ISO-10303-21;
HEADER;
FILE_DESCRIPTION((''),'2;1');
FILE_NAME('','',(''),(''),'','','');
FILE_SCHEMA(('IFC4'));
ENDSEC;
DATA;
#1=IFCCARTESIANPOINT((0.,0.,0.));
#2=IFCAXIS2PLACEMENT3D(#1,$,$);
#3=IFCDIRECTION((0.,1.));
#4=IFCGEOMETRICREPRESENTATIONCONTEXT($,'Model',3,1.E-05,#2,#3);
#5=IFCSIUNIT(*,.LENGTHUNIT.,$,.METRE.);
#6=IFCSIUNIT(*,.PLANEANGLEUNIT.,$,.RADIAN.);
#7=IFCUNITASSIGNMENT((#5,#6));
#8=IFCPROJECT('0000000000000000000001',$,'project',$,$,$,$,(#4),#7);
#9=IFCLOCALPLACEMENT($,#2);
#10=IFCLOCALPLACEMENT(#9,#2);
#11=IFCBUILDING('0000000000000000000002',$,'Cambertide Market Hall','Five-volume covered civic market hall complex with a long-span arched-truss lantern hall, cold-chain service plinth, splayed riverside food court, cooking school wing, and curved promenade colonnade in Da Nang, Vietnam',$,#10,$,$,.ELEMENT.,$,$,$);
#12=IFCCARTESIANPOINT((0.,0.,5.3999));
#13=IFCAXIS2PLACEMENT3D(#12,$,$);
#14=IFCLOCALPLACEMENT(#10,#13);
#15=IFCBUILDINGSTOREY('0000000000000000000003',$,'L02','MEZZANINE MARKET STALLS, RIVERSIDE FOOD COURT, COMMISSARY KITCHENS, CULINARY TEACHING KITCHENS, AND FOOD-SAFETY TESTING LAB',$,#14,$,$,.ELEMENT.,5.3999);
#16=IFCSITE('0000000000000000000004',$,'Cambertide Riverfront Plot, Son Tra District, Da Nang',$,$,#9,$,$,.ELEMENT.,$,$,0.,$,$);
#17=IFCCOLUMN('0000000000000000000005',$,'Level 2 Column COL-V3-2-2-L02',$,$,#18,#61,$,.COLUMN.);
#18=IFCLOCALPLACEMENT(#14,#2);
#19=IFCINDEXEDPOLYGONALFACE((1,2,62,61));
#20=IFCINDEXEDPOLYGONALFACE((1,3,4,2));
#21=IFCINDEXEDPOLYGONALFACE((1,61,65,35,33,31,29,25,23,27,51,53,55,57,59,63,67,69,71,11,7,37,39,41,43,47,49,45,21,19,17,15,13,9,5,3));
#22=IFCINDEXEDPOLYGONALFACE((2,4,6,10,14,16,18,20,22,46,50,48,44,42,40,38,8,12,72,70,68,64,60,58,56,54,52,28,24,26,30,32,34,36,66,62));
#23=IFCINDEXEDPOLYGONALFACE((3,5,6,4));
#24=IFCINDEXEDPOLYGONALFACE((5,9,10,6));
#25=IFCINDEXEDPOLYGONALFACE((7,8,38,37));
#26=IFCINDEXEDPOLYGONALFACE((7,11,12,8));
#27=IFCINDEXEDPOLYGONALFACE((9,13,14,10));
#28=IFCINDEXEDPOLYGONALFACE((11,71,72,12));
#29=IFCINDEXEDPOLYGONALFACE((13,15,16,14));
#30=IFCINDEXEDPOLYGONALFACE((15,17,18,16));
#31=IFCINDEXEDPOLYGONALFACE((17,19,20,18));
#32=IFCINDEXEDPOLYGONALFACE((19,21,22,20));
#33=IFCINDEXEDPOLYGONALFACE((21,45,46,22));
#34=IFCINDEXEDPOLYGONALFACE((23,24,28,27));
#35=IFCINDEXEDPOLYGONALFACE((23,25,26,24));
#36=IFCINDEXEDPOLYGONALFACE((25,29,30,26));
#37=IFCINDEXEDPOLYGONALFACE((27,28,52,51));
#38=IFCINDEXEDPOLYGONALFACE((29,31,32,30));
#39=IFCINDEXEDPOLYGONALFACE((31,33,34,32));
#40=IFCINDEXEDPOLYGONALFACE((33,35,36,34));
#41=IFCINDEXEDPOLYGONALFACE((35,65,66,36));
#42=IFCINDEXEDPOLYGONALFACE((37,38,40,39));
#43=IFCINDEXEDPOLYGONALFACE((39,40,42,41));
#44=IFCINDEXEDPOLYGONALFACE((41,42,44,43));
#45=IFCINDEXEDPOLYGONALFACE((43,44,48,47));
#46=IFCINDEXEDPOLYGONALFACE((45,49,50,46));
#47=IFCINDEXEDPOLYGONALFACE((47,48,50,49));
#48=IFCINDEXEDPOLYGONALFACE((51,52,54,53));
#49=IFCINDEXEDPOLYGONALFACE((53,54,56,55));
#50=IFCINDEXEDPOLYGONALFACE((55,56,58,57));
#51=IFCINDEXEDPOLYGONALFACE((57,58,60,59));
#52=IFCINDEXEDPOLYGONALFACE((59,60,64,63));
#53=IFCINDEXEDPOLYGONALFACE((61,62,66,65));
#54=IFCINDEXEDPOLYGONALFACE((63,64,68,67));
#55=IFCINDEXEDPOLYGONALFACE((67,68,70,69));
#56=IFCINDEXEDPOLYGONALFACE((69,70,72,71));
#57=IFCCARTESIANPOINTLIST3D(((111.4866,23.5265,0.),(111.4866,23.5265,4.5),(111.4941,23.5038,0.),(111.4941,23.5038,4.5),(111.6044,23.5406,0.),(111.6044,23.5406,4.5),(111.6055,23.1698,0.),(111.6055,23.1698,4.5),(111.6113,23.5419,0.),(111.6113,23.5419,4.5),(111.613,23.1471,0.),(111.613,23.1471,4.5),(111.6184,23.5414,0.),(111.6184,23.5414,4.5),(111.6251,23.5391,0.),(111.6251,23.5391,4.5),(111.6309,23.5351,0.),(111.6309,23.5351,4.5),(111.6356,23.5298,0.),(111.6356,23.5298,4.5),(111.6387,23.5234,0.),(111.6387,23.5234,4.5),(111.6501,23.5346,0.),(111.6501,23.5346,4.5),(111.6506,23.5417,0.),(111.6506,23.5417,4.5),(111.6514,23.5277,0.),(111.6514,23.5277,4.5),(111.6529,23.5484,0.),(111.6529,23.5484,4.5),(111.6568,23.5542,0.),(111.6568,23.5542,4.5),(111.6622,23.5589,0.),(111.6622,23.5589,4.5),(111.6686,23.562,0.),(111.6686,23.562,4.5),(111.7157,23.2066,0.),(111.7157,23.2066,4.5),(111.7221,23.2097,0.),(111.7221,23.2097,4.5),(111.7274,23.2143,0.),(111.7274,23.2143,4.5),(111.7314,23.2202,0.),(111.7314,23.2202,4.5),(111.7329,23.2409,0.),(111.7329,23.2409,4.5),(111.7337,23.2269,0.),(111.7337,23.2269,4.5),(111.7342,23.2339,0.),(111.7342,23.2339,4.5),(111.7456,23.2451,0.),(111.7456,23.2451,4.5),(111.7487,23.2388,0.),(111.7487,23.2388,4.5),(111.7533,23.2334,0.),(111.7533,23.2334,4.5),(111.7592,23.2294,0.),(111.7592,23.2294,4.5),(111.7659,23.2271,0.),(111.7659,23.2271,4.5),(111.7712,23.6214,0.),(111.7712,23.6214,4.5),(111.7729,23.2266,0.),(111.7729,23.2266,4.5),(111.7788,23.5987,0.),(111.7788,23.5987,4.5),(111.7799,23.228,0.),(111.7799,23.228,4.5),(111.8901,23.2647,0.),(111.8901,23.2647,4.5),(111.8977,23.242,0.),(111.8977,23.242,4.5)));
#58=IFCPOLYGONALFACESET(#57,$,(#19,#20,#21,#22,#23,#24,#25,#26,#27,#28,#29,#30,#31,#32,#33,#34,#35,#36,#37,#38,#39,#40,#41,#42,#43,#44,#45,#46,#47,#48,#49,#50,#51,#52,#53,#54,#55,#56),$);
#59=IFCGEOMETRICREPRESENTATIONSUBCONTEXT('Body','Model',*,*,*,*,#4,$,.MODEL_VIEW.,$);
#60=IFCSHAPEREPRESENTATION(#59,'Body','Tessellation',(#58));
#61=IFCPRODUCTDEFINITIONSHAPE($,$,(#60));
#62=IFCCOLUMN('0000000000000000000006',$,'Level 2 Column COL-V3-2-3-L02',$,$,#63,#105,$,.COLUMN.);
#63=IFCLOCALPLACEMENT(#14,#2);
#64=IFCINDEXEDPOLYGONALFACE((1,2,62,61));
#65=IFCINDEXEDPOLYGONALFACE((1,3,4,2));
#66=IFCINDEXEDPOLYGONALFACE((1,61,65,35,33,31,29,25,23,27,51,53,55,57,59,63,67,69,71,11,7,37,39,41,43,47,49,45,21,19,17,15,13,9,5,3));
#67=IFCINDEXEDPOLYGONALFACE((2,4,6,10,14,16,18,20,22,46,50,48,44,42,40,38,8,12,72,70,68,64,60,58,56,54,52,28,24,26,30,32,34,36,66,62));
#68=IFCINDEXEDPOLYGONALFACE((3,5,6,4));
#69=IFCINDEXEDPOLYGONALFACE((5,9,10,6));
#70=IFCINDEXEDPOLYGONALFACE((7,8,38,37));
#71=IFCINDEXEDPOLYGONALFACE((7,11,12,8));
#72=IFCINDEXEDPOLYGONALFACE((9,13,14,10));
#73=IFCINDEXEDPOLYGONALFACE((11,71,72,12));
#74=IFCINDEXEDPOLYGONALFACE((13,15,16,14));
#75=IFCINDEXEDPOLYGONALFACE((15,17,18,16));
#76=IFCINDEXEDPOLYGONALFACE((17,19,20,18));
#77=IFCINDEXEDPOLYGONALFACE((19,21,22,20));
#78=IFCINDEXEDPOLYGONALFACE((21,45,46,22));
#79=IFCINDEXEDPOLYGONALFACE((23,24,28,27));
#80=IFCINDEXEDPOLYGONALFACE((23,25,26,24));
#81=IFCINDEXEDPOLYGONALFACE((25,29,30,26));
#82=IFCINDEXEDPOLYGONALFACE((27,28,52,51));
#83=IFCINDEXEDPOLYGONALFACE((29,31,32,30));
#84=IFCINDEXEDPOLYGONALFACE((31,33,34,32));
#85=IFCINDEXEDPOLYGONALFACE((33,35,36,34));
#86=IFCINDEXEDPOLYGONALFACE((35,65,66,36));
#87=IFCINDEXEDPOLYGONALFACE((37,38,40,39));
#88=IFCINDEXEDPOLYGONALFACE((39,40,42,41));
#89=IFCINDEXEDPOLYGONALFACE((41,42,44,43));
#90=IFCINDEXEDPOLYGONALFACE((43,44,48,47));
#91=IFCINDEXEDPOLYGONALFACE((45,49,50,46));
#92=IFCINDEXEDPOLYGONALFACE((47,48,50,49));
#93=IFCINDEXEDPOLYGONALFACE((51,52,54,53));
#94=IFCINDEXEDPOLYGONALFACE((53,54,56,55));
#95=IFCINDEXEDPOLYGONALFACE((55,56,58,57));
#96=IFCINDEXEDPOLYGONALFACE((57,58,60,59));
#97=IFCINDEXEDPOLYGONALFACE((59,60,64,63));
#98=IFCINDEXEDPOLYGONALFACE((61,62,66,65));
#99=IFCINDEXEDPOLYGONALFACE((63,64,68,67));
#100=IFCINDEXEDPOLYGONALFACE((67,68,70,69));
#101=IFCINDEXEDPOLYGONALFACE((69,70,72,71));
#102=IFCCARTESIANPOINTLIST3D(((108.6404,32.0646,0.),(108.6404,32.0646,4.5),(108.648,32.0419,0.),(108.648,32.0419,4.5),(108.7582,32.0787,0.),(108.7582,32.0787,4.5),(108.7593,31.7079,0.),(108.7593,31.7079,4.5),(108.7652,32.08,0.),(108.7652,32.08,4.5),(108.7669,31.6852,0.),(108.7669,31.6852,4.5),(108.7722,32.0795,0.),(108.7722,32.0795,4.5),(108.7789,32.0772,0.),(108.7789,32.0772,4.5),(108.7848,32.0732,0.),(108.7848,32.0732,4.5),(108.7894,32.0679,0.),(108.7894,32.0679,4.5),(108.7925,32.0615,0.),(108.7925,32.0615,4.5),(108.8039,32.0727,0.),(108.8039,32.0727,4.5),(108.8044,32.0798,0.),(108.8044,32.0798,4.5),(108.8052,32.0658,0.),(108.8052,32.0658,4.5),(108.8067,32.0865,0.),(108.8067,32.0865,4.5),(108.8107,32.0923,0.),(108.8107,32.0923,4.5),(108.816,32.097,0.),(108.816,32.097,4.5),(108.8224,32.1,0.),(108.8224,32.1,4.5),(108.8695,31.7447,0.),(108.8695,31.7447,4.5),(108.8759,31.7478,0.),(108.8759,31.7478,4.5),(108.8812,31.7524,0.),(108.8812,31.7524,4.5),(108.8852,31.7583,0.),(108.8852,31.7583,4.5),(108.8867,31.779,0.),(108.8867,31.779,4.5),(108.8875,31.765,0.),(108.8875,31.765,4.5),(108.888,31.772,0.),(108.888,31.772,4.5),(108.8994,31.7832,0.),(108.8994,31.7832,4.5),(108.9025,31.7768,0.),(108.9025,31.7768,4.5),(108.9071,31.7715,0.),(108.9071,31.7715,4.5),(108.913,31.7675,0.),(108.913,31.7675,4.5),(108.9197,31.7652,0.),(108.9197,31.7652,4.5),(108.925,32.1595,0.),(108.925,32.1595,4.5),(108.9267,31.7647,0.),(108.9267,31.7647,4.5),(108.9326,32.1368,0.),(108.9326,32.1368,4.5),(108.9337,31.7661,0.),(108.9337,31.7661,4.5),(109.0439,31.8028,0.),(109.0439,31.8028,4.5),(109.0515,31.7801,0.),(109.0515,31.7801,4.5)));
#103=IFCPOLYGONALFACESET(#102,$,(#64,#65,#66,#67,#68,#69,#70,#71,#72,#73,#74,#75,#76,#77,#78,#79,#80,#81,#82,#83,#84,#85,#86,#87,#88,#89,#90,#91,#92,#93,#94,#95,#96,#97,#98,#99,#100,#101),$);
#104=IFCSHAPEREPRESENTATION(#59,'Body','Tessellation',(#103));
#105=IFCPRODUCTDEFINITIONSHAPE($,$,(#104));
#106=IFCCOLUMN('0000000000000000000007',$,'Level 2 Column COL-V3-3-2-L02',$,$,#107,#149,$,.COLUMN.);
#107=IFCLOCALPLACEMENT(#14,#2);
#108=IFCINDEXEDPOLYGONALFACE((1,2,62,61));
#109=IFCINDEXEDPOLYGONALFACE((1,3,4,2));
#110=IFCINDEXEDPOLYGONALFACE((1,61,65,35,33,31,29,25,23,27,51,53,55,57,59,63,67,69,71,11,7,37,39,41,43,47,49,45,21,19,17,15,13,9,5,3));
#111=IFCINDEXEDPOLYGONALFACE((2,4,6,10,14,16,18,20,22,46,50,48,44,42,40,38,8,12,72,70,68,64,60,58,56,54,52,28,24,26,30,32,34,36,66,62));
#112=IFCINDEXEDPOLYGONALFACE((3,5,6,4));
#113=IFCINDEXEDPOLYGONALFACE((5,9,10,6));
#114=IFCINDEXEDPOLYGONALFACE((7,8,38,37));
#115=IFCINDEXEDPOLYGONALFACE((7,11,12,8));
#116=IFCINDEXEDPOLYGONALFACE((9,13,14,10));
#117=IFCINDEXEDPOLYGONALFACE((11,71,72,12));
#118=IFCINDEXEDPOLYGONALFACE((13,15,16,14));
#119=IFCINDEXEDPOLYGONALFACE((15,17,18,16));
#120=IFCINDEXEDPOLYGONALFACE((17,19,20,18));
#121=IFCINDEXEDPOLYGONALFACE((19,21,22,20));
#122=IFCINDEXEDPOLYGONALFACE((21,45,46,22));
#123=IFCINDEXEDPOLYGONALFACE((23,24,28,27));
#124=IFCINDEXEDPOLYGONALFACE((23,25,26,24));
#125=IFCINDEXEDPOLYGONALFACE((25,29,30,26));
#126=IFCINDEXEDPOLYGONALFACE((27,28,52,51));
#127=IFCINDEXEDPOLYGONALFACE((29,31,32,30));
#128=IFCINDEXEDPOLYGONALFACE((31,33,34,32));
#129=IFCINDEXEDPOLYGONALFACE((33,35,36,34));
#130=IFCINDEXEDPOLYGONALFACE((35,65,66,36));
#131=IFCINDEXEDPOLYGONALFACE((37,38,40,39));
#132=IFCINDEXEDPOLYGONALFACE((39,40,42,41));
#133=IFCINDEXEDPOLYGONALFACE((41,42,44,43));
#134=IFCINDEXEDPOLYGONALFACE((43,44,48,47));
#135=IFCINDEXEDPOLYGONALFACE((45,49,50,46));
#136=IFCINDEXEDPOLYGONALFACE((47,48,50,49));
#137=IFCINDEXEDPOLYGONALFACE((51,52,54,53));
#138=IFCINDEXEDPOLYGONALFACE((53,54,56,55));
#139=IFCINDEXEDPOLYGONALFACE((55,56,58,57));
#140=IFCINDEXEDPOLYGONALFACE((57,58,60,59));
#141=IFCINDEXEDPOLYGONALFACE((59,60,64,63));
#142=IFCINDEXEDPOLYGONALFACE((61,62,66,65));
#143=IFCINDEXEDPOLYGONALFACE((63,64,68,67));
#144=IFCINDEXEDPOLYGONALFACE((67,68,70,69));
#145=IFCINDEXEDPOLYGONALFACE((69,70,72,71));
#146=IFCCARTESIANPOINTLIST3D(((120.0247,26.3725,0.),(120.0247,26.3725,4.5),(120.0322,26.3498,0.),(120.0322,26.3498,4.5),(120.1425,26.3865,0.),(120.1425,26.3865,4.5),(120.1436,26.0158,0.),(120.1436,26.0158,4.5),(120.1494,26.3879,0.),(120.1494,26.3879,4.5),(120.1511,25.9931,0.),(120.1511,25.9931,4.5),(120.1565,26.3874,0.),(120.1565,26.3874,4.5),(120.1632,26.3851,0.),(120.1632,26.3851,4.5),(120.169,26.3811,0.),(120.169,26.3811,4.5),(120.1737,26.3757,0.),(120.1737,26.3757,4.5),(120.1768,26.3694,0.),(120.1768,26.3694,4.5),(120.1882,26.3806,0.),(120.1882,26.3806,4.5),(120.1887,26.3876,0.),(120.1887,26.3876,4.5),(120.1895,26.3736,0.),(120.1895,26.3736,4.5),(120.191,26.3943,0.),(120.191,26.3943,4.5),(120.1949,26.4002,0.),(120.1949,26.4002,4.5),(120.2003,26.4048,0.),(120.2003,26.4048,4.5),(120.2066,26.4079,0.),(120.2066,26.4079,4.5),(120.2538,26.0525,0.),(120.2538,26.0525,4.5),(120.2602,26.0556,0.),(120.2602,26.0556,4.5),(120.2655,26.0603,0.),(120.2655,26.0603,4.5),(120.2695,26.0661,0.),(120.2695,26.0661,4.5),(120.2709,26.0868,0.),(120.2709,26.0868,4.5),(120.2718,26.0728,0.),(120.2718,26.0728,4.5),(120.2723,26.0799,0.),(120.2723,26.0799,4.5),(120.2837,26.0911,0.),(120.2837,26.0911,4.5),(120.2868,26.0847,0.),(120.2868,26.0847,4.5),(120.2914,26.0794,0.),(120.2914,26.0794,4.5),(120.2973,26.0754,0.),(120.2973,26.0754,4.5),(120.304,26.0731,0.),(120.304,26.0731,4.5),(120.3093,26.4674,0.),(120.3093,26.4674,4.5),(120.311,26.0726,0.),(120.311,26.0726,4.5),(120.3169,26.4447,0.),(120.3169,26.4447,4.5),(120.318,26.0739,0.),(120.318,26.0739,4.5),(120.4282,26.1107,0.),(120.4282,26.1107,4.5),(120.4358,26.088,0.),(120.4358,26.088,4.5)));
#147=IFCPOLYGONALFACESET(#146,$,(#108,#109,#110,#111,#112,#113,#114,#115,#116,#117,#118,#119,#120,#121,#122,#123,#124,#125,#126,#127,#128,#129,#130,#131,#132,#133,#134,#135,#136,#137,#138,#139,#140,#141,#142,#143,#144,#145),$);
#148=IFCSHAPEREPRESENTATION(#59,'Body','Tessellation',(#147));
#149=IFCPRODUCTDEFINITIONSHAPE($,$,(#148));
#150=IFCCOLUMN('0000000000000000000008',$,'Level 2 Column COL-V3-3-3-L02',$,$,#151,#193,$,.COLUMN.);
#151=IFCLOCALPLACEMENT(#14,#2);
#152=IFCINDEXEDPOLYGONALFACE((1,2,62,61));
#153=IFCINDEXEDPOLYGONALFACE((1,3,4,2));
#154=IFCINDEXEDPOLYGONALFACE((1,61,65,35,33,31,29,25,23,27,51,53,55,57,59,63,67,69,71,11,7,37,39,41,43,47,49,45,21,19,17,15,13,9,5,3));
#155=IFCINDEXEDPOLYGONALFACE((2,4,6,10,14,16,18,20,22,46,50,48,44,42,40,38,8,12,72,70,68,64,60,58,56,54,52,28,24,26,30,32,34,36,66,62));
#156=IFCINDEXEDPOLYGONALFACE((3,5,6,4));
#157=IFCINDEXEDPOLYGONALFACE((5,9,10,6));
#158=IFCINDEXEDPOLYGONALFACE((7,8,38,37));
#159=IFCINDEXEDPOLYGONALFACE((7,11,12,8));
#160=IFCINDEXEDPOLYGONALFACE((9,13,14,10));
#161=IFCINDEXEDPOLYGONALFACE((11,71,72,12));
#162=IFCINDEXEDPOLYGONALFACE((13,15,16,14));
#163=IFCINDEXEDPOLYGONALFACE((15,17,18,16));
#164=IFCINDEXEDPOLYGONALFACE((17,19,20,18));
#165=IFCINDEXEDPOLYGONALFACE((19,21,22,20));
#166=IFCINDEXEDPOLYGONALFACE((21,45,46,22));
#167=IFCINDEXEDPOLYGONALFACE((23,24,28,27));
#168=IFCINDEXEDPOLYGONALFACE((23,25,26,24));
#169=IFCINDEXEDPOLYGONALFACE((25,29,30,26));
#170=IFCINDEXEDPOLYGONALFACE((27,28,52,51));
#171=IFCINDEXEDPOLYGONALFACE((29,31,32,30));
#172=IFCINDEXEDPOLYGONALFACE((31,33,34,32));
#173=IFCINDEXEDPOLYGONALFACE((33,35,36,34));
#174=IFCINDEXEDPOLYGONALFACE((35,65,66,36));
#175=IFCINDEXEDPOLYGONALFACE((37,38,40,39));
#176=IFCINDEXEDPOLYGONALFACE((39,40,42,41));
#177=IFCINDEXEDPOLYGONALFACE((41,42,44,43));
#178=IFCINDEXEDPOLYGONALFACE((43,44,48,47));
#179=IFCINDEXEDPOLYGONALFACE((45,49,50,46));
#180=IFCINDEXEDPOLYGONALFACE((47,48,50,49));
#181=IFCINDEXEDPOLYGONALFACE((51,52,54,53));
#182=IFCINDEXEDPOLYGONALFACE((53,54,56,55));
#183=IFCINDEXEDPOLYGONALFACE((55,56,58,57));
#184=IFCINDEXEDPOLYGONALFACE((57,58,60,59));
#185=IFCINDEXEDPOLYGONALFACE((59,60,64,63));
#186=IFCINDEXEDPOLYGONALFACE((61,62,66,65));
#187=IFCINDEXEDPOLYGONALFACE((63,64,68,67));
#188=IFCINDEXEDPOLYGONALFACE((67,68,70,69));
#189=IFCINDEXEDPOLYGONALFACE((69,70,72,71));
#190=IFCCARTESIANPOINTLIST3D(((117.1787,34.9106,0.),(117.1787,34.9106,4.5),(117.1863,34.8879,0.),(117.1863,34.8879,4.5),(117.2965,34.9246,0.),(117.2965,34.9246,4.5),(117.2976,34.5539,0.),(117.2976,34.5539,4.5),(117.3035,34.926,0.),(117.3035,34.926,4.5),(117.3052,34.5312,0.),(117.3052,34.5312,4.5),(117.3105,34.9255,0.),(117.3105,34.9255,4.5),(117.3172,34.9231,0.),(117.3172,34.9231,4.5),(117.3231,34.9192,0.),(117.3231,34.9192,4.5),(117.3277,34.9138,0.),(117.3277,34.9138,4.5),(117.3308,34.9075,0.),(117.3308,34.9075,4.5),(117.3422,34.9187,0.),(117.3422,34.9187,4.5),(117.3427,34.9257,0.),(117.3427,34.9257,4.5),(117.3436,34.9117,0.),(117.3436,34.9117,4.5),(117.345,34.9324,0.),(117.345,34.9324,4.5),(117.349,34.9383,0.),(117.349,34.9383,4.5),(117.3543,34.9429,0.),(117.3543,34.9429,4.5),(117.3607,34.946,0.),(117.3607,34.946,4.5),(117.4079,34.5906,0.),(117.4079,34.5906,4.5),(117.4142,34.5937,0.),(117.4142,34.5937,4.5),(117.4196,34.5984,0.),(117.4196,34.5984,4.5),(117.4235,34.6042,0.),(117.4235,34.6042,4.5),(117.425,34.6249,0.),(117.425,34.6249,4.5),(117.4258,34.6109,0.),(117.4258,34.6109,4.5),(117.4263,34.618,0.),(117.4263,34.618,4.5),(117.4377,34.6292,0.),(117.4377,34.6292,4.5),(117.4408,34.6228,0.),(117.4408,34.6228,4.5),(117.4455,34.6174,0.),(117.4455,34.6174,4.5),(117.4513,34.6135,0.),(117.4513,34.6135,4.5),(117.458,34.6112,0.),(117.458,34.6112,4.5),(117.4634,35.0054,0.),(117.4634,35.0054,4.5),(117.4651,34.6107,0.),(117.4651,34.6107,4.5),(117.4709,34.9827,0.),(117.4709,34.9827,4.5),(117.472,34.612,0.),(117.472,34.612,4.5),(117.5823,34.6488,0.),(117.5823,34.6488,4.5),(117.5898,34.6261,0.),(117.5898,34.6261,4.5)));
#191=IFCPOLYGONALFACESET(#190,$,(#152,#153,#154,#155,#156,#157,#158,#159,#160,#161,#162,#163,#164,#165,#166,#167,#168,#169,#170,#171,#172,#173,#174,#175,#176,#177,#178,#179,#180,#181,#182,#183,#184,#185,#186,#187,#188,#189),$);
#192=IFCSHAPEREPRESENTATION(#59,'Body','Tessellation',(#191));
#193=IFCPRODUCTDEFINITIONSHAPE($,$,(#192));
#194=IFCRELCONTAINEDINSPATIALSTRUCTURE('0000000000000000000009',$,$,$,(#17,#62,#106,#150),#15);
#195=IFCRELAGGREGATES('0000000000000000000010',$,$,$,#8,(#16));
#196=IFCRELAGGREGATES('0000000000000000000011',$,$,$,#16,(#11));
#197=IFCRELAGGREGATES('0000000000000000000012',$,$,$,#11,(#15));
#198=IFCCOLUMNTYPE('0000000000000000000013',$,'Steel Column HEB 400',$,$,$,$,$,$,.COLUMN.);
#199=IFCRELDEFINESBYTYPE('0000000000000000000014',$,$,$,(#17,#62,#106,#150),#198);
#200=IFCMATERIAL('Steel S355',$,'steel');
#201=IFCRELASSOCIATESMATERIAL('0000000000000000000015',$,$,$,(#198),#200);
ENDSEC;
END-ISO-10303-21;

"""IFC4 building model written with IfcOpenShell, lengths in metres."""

from ifc_helpers import new_model, si_unit, direction, frame, origin, origin_2d, place, context, subcontext, project, spatial, i_section, extrude, material, material_profile, profile_set, type_object, element, save


model = new_model("IFC4")

# Units and contexts
model_context = context("Model", 3, precision=1e-05, world=origin(), true_north=direction((0.0, 1.0)))
body_context = subcontext(model_context, "Body", "Model", "MODEL_VIEW")
ifc_project = project(units=[si_unit("LENGTHUNIT", "METRE"), si_unit("PLANEANGLEUNIT", "RADIAN")], contexts=[model_context])

# Site, building, storey
site_placement = place(None, origin())
site = spatial("IfcSite", under=ifc_project, at=site_placement, Name="Cambertide Riverfront Plot, Son Tra District, Da Nang", CompositionType="ELEMENT", RefElevation=0.0)
building_placement = place(site_placement, origin())
building = spatial("IfcBuilding", under=site, at=building_placement, Name="Cambertide Market Hall", Description="Five-volume covered civic market hall complex with a long-span arched-truss lantern hall, cold-chain service plinth, splayed riverside food court, cooking school wing, and curved promenade colonnade in Da Nang, Vietnam", CompositionType="ELEMENT")
storey_placement = place(building_placement, frame((0.0, 0.0, 5.3999)))
storey = spatial("IfcBuildingStorey", under=building, at=storey_placement, Name="L02", Description="MEZZANINE MARKET STALLS, RIVERSIDE FOOD COURT, COMMISSARY KITCHENS, CULINARY TEACHING KITCHENS, AND FOOD-SAFETY TESTING LAB", CompositionType="ELEMENT", Elevation=5.3999)

# Columns
ifc_material_1 = material(Name="Steel S355", Category="steel")
ifc_material_profile_1 = material_profile(ifc_material_1, i_section(OverallWidth=0.3, OverallDepth=0.3999, WebThickness=0.0134, FlangeThickness=0.0239, FilletRadius=0.0271, at=origin_2d()), Name="HEB 400")
ifc_profile_set_1 = profile_set([ifc_material_profile_1], Name="Steel S355")
column_type = type_object("IfcColumnType", Name="Steel Column HEB 400", PredefinedType="COLUMN", material=ifc_profile_set_1)
for number, where, z_axis, x_axis, name in (
    (1, (111.6921, 23.3843, 0.0), (0.0, 0.0, 1.0), (0.948683, 0.316228, 0.0), "Level 2 Column COL-V3-2-2-L02"),
    (2, (108.8459, 31.9224, 0.0), (0.0, 0.0, 1.0), (0.948683, 0.316228, 0.0), "Level 2 Column COL-V3-2-3-L02"),
    (3, (120.2302, 26.2302, 0.0), (0.0, 0.0, 1.0), (0.948683, 0.316228, 0.0), "Level 2 Column COL-V3-3-2-L02"),
    (4, (117.3843, 34.7683, 0.0), (0.0, 0.0, 1.0), (0.948683, 0.316228, 0.0), "Level 2 Column COL-V3-3-3-L02"),
):
    element("IfcColumn", number, at=place(storey_placement, frame(where, z_axis=z_axis, x_axis=x_axis)), inside=storey, type_object=column_type, Name=name, PredefinedType="COLUMN", context=body_context, shape_type="SweptSolid", body=[
        extrude(i_section(OverallWidth=0.3, OverallDepth=0.3999, WebThickness=0.0134, FlangeThickness=0.0239, FilletRadius=0.0271, at=origin_2d()), origin(), (0.0, 0.0, 1.0), 4.5),
    ])

save(model, "model.ifc")
